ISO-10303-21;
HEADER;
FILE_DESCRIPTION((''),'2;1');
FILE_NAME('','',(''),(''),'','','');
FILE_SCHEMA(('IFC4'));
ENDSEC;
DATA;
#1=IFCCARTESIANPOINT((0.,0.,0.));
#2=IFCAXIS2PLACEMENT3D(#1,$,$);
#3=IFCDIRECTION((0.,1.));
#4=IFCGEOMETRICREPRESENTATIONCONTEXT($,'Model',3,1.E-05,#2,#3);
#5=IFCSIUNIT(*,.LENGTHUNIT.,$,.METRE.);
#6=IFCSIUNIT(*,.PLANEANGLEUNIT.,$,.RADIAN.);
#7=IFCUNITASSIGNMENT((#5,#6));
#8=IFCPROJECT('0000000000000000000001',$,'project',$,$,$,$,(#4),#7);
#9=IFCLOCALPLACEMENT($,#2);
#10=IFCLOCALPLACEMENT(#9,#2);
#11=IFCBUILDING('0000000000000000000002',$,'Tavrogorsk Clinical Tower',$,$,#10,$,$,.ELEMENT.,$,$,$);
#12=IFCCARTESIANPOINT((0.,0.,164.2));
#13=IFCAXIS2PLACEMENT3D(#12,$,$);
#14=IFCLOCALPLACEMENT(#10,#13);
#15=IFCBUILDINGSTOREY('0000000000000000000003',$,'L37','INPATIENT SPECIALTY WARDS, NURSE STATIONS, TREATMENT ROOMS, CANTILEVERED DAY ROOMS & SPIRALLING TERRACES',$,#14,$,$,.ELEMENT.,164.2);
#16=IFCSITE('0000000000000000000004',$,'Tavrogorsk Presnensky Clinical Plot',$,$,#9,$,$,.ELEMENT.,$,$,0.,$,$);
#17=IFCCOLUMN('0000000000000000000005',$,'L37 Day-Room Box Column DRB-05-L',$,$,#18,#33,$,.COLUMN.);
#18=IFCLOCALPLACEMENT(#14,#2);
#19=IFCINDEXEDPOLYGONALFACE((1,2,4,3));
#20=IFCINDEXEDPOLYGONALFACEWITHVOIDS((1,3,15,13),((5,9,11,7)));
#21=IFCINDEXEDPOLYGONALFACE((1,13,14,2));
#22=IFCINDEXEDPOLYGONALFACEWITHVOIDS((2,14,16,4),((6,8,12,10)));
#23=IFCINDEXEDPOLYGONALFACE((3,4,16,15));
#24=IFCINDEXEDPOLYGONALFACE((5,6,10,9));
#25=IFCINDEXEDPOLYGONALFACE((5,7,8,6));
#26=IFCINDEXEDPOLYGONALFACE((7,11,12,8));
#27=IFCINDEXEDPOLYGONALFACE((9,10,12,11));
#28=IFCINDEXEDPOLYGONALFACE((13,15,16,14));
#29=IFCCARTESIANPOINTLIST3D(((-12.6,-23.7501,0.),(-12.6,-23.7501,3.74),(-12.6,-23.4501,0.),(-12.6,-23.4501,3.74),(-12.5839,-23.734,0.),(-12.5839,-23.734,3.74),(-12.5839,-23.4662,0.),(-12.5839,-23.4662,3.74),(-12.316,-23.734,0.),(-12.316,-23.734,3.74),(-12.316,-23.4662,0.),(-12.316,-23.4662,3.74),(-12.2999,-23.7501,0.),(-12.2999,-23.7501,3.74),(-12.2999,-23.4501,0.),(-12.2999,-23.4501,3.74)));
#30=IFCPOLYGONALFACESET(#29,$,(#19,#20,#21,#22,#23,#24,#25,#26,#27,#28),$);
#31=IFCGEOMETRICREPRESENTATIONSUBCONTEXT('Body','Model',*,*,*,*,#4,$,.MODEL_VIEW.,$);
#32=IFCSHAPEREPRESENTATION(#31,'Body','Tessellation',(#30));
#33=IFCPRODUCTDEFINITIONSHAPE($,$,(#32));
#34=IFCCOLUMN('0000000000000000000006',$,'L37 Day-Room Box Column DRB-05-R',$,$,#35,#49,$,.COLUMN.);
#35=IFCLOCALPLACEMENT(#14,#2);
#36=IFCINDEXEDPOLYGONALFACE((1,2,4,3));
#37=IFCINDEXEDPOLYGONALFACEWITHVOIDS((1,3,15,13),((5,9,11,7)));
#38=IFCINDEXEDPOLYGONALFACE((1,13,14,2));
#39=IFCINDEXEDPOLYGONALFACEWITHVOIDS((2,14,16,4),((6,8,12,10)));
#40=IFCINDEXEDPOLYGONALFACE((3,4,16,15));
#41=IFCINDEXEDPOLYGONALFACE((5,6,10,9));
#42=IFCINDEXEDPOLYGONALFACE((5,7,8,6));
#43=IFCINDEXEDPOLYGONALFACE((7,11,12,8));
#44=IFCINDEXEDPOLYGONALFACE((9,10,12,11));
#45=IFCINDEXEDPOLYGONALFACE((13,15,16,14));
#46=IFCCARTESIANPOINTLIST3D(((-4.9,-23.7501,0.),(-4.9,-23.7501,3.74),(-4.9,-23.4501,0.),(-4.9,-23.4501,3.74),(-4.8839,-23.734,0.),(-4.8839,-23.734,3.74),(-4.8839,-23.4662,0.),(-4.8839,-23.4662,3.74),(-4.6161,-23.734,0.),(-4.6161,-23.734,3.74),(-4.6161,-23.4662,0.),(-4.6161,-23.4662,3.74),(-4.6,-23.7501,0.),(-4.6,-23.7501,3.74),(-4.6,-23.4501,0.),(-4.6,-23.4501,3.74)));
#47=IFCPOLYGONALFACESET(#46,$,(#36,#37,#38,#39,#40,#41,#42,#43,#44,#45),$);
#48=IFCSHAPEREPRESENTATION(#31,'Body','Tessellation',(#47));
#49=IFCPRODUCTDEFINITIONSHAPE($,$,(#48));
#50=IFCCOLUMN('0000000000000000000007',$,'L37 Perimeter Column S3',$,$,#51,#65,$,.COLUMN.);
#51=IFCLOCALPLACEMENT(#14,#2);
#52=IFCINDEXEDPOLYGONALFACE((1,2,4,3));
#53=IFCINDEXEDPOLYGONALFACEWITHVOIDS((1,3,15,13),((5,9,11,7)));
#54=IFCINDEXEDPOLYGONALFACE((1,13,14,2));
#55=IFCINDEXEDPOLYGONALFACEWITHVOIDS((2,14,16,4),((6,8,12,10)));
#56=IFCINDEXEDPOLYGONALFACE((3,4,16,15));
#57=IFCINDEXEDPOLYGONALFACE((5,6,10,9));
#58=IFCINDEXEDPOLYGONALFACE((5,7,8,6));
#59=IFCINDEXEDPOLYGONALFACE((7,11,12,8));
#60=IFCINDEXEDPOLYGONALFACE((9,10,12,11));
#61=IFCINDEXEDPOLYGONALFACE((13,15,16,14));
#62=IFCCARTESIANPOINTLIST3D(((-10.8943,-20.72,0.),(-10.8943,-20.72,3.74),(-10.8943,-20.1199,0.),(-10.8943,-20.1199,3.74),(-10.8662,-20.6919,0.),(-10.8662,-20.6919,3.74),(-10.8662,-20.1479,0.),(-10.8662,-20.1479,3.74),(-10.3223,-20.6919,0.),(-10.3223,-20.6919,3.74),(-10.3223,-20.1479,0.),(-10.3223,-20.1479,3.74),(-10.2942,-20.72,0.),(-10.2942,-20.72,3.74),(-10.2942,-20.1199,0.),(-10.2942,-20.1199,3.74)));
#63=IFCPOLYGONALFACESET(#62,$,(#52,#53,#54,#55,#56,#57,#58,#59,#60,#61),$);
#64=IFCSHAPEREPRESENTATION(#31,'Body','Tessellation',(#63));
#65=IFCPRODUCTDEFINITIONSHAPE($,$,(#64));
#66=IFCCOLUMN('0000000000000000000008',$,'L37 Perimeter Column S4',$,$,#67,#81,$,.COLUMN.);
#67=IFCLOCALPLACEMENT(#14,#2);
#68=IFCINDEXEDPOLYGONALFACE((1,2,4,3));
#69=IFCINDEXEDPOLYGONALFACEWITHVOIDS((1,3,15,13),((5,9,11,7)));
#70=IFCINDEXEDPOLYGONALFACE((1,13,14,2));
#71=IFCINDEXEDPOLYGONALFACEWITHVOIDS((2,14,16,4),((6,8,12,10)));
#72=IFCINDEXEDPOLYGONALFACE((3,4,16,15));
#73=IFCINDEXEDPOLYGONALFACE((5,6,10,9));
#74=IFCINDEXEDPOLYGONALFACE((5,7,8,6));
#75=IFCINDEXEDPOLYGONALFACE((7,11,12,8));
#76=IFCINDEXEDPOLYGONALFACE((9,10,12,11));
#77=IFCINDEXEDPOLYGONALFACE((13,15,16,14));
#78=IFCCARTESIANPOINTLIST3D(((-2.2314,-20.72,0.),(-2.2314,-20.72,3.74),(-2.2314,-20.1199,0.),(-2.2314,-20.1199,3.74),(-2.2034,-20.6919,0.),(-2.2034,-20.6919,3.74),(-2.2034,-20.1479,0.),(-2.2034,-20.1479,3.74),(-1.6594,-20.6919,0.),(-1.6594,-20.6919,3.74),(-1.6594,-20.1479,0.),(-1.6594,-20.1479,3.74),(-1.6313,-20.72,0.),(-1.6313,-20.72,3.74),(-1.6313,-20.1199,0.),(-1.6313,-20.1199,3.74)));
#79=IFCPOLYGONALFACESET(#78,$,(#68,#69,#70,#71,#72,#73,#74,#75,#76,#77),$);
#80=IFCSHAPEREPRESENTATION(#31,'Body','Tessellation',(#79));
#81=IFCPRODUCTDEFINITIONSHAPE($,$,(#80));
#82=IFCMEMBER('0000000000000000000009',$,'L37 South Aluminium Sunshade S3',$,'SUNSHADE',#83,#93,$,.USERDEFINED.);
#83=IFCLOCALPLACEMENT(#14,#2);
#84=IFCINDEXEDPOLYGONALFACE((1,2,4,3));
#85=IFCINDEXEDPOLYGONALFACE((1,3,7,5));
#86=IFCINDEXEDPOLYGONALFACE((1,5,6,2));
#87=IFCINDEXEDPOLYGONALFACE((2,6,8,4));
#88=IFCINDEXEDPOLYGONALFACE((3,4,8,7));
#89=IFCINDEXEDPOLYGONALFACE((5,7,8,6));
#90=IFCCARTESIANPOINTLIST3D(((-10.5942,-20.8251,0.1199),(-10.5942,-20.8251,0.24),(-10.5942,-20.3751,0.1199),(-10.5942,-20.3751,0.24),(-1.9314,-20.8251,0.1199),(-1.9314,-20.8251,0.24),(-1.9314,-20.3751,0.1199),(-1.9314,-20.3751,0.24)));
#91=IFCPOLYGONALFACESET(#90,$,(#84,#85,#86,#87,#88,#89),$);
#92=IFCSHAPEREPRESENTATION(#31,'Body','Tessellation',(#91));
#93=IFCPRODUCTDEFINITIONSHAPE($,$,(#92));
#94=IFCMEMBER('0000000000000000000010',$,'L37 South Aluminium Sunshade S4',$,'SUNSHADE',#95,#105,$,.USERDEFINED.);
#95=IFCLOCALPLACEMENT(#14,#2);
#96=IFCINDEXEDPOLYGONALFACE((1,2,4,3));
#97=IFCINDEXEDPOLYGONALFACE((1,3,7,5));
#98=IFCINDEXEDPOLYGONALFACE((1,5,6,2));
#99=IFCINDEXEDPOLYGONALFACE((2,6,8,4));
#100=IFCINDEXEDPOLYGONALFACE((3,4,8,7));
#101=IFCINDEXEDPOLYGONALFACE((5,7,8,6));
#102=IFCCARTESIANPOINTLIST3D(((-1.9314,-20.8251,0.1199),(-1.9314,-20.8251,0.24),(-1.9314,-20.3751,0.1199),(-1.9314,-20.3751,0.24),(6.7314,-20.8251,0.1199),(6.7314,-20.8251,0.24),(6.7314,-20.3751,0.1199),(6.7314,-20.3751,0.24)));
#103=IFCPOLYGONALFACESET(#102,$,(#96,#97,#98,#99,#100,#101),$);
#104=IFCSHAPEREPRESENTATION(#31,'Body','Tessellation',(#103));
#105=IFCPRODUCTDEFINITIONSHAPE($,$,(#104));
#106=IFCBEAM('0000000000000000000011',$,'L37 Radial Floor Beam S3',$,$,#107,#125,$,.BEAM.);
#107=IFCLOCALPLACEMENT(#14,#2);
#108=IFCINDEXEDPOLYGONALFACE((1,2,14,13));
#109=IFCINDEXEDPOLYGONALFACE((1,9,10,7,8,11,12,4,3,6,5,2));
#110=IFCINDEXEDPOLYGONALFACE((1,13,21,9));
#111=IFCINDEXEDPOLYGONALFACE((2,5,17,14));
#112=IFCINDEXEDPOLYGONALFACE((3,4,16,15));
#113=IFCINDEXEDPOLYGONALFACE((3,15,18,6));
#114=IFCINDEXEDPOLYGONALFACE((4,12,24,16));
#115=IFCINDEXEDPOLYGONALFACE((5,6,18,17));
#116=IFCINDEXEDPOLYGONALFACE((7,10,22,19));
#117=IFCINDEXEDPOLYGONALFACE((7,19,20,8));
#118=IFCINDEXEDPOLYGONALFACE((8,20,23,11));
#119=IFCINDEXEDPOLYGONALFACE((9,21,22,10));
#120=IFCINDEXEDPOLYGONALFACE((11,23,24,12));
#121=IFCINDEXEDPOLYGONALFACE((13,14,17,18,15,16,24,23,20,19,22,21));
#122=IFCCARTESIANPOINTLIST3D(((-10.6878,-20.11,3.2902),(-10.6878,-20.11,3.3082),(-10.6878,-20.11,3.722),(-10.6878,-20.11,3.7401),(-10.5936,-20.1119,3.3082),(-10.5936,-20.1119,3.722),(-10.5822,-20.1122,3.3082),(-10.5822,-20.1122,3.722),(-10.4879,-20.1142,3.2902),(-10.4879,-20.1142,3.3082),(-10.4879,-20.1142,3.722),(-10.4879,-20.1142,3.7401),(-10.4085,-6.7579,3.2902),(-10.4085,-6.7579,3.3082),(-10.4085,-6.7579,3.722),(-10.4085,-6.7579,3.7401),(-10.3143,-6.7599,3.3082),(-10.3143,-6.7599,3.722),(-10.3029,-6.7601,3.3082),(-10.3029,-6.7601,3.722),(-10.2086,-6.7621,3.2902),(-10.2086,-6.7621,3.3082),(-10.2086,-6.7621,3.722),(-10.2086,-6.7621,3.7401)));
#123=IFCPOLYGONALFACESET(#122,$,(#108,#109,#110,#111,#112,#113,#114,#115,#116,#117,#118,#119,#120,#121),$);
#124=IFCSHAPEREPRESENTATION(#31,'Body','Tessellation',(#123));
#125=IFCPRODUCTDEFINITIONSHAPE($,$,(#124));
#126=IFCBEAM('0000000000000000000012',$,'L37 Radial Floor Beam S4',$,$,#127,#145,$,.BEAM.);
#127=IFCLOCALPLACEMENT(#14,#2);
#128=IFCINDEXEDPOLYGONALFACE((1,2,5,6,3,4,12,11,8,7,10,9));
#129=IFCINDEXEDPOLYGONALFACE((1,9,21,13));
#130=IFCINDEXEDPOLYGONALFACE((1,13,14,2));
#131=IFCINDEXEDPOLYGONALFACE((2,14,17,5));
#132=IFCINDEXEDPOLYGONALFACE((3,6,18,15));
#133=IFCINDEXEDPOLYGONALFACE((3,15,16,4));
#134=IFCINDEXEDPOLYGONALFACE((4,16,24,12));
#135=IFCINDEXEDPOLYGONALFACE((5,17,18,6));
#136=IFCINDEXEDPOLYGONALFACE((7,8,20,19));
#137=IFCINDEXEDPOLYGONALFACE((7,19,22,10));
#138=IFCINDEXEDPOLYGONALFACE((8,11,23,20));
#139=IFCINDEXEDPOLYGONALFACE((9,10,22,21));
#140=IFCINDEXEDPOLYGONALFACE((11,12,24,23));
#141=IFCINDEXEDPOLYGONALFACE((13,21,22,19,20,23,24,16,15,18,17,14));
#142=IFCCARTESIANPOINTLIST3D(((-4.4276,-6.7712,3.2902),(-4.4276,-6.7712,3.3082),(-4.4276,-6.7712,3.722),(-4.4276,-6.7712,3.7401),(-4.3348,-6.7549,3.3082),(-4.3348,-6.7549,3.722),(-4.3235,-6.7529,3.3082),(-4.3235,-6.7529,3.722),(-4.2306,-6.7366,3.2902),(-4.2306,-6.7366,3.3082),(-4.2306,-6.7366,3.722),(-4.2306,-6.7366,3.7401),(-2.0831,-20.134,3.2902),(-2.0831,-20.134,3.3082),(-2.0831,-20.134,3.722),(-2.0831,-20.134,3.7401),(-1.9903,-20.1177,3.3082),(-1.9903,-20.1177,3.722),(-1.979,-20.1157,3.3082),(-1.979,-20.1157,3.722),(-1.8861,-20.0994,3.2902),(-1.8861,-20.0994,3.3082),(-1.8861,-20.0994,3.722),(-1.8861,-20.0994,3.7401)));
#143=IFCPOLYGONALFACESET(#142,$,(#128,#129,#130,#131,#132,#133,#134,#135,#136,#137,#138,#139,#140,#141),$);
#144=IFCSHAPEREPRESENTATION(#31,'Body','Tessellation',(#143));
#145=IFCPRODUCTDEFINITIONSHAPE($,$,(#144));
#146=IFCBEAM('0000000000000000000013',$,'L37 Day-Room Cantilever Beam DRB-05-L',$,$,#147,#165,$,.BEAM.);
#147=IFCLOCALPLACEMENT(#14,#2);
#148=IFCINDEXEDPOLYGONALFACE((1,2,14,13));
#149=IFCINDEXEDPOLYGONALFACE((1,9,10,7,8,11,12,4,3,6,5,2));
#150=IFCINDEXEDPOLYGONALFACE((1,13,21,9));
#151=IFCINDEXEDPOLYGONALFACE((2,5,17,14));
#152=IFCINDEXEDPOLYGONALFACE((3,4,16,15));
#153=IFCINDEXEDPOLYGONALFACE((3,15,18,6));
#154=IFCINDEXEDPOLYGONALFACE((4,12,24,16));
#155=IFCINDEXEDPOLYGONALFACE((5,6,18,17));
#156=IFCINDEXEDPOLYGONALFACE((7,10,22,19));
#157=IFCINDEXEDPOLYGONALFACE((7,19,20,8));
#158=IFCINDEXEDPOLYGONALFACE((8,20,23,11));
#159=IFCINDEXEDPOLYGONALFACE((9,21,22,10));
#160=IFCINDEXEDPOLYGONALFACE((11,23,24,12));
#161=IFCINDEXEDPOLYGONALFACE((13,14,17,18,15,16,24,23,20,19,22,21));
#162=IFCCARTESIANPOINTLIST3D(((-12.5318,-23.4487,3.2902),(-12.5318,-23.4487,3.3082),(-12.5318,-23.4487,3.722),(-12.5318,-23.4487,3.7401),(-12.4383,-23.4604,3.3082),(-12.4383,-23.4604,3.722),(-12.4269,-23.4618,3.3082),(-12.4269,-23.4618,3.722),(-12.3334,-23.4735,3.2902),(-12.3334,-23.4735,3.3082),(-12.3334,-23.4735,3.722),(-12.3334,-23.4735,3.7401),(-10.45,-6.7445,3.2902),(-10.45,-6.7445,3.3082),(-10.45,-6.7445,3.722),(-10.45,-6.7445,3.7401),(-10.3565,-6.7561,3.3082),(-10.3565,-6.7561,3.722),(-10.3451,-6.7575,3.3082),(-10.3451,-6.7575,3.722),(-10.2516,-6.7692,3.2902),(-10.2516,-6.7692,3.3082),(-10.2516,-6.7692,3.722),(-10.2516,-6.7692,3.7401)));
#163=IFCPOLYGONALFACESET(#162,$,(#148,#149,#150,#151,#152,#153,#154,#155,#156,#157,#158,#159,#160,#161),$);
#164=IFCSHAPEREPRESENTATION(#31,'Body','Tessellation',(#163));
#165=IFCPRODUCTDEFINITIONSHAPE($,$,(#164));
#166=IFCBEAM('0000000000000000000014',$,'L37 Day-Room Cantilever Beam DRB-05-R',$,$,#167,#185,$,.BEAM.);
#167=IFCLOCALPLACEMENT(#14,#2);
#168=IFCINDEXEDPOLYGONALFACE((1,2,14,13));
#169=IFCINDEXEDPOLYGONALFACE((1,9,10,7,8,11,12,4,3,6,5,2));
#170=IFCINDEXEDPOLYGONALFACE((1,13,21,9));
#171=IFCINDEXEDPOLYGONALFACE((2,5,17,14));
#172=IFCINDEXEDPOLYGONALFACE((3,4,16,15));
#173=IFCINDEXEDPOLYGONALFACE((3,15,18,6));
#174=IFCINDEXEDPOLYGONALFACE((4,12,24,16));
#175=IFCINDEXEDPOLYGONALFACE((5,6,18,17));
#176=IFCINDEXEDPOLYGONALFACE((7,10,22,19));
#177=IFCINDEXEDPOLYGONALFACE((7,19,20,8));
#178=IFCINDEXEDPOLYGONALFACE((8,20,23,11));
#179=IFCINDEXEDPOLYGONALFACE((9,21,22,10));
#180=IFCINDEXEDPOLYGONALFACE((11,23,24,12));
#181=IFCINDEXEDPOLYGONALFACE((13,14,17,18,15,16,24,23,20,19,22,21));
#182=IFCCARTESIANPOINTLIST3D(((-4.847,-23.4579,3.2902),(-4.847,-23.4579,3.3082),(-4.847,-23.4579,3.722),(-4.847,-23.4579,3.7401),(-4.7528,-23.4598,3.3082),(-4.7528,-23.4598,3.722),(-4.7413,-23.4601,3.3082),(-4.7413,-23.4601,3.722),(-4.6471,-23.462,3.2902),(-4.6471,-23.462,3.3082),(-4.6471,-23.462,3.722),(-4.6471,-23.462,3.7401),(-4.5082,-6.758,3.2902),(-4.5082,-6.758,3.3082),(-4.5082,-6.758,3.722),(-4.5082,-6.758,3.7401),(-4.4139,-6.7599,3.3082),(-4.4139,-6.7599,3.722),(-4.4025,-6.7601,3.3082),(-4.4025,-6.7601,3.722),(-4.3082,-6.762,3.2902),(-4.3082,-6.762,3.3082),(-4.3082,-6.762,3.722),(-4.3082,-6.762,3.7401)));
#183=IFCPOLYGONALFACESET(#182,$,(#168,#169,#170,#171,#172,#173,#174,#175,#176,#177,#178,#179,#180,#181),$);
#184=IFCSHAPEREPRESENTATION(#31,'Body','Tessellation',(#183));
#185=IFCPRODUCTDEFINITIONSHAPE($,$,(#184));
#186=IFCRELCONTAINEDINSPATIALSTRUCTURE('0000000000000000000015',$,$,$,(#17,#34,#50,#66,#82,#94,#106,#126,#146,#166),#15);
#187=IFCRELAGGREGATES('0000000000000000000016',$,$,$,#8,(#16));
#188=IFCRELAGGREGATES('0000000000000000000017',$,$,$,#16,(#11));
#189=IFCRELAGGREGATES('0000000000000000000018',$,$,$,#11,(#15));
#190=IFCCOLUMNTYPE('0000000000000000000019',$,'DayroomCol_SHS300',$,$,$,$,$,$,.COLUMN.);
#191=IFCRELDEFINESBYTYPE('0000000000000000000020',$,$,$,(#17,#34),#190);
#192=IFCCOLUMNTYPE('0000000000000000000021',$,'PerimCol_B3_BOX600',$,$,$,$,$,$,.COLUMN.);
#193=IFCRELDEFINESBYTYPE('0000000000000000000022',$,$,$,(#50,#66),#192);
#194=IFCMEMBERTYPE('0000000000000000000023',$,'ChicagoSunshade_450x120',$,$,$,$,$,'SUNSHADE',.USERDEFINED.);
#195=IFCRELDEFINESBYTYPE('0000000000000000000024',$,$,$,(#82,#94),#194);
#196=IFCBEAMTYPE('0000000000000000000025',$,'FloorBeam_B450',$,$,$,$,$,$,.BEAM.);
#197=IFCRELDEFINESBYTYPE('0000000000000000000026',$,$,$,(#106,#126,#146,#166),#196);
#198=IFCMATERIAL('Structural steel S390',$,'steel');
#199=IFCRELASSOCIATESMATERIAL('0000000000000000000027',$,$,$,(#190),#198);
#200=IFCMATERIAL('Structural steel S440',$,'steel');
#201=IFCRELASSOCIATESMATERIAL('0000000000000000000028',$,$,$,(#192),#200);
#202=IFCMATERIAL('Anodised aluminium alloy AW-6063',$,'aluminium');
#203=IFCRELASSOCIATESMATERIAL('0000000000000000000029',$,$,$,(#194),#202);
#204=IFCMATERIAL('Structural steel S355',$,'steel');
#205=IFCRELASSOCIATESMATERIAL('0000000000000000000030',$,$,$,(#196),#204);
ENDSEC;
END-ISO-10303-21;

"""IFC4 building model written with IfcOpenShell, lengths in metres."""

from ifc_helpers import new_model, si_unit, direction, frame, origin, origin_2d, place, context, subcontext, project, spatial, rectangle, hollow_rectangle, i_section, extrude, material, material_profile, profile_set, type_object, element, save


model = new_model("IFC4")

# Units and contexts
model_context = context("Model", 3, precision=1e-05, world=origin(), true_north=direction((0.0, 1.0)))
body_context = subcontext(model_context, "Body", "Model", "MODEL_VIEW")
ifc_project = project(units=[si_unit("LENGTHUNIT", "METRE"), si_unit("PLANEANGLEUNIT", "RADIAN")], contexts=[model_context])

# Site, building, storey
site_placement = place(None, origin())
site = spatial("IfcSite", under=ifc_project, at=site_placement, Name="Tavrogorsk Presnensky Clinical Plot", CompositionType="ELEMENT", RefElevation=0.0)
building_placement = place(site_placement, origin())
building = spatial("IfcBuilding", under=site, at=building_placement, Name="Tavrogorsk Clinical Tower", CompositionType="ELEMENT")
storey_placement = place(building_placement, frame((0.0, 0.0, 164.2)))
storey = spatial("IfcBuildingStorey", under=building, at=storey_placement, Name="L37", Description="INPATIENT SPECIALTY WARDS, NURSE STATIONS, TREATMENT ROOMS, CANTILEVERED DAY ROOMS & SPIRALLING TERRACES", CompositionType="ELEMENT", Elevation=164.2)

# Columns
ifc_material_1 = material(Name="Structural steel S390", Category="steel")
ifc_material_profile_1 = material_profile(ifc_material_1, hollow_rectangle(XDim=0.3, YDim=0.3, WallThickness=0.0161, at=origin_2d()), Name="SHS-300x300x16")
ifc_profile_set_1 = profile_set([ifc_material_profile_1], Name="Structural steel S390")
column_type_1 = type_object("IfcColumnType", Name="DayroomCol_SHS300", PredefinedType="COLUMN", material=ifc_profile_set_1)
for number, where, z_axis, x_axis, name in (
    (1, (-12.45, -23.6001, 0.0), (0.0, 0.0, 1.0), (1.0, 0.0, 0.0), "L37 Day-Room Box Column DRB-05-L"),
    (2, (-4.75, -23.6001, 0.0), (0.0, 0.0, 1.0), (1.0, 0.0, 0.0), "L37 Day-Room Box Column DRB-05-R"),
):
    element("IfcColumn", number, at=place(storey_placement, frame(where, z_axis=z_axis, x_axis=x_axis)), inside=storey, type_object=column_type_1, Name=name, PredefinedType="COLUMN", context=body_context, shape_type="SweptSolid", body=[
        extrude(hollow_rectangle(XDim=0.3, YDim=0.3, WallThickness=0.0161, at=origin_2d()), origin(), (0.0, 0.0, 1.0), 3.74),
    ])
ifc_material_2 = material(Name="Structural steel S440", Category="steel")
ifc_material_profile_2 = material_profile(ifc_material_2, hollow_rectangle(XDim=0.6001, YDim=0.6001, WallThickness=0.0281, at=origin_2d()), Name="BOX-600x600x28")
ifc_profile_set_2 = profile_set([ifc_material_profile_2], Name="Structural steel S440")
column_type_2 = type_object("IfcColumnType", Name="PerimCol_B3_BOX600", PredefinedType="COLUMN", material=ifc_profile_set_2)
for number, where, z_axis, x_axis, name in (
    (3, (-10.5942, -20.4199, 0.0), (0.0, 0.0, 1.0), (1.0, 0.0, 0.0), "L37 Perimeter Column S3"),
    (4, (-1.9314, -20.4199, 0.0), (0.0, 0.0, 1.0), (1.0, 0.0, 0.0), "L37 Perimeter Column S4"),
):
    element("IfcColumn", number, at=place(storey_placement, frame(where, z_axis=z_axis, x_axis=x_axis)), inside=storey, type_object=column_type_2, Name=name, PredefinedType="COLUMN", context=body_context, shape_type="SweptSolid", body=[
        extrude(hollow_rectangle(XDim=0.6001, YDim=0.6001, WallThickness=0.0281, at=origin_2d()), origin(), (0.0, 0.0, 1.0), 3.74),
    ])

# Members
ifc_material_3 = material(Name="Anodised aluminium alloy AW-6063", Category="aluminium")
ifc_material_profile_3 = material_profile(ifc_material_3, rectangle(XDim=0.45, YDim=0.1201, at=origin_2d()), Name="ALU-SUNSHADE-450x120")
ifc_profile_set_3 = profile_set([ifc_material_profile_3], Name="Anodised aluminium alloy AW-6063")
member_type = type_object("IfcMemberType", Name="ChicagoSunshade_450x120", ElementType="SUNSHADE", PredefinedType="USERDEFINED", material=ifc_profile_set_3)
for number, where, z_axis, x_axis, name in (
    (5, (-10.5942, -20.6001, 0.1799), (1.0, 0.0, 0.0), (0.0, 1.0, 0.0), "L37 South Aluminium Sunshade S3"),
    (6, (-1.9314, -20.6001, 0.1799), (1.0, 0.0, 0.0), (0.0, 1.0, 0.0), "L37 South Aluminium Sunshade S4"),
):
    element("IfcMember", number, at=place(storey_placement, frame(where, z_axis=z_axis, x_axis=x_axis)), inside=storey, type_object=member_type, Name=name, ObjectType="SUNSHADE", PredefinedType="USERDEFINED", context=body_context, shape_type="SweptSolid", body=[
        extrude(rectangle(XDim=0.45, YDim=0.1201, at=origin_2d()), origin(), (0.0, 0.0, 1.0), 8.6628),
    ])

# Beams
ifc_material_4 = material(Name="Structural steel S355", Category="steel")
ifc_material_profile_4 = material_profile(ifc_material_4, i_section(OverallWidth=0.2, OverallDepth=0.45, WebThickness=0.0115, FlangeThickness=0.0181, at=origin_2d()), Name="B-450x200x11.5x18")
ifc_profile_set_4 = profile_set([ifc_material_profile_4], Name="Structural steel S355")
beam_type_1 = type_object("IfcBeamType", Name="FloorBeam_B450", PredefinedType="BEAM", material=ifc_profile_set_4)
beam_1_placement = place(storey_placement, frame((-10.3086, -6.76, 3.5151), z_axis=(-0.020913, -0.999781, 0.0), x_axis=(0.999781, -0.020913, 0.0)))
element("IfcBeam", 7, at=beam_1_placement, inside=storey, type_object=beam_type_1, Name="L37 Radial Floor Beam S3", PredefinedType="BEAM", context=body_context, shape_type="SweptSolid", body=[
    extrude(i_section(OverallWidth=0.2, OverallDepth=0.45, WebThickness=0.0115, FlangeThickness=0.0181, at=origin_2d()), origin(), (0.0, 0.0, 1.0), 13.355),
])
beam_2_placement = place(storey_placement, frame((-4.3291, -6.7539, 3.5151), z_axis=(0.172809, -0.984955, 0.0), x_axis=(0.984955, 0.172809, 0.0)))
element("IfcBeam", 8, at=beam_2_placement, inside=storey, type_object=beam_type_1, Name="L37 Radial Floor Beam S4", PredefinedType="BEAM", context=body_context, shape_type="SweptSolid", body=[
    extrude(i_section(OverallWidth=0.2, OverallDepth=0.45, WebThickness=0.0115, FlangeThickness=0.0181, at=origin_2d()), origin(), (0.0, 0.0, 1.0), 13.5669),
])
beam_3_placement = place(storey_placement, frame((-10.3508, -6.7568, 3.5151), z_axis=(-0.123669, -0.992324, 0.0), x_axis=(0.992324, -0.123669, 0.0)))
element("IfcBeam", 9, at=beam_3_placement, inside=storey, type_object=beam_type_1, Name="L37 Day-Room Cantilever Beam DRB-05-L", PredefinedType="BEAM", context=body_context, shape_type="SweptSolid", body=[
    extrude(i_section(OverallWidth=0.2, OverallDepth=0.45, WebThickness=0.0115, FlangeThickness=0.0181, at=origin_2d()), origin(), (0.0, 0.0, 1.0), 16.8335),
])
beam_4_placement = place(storey_placement, frame((-4.4082, -6.76, 3.5151), z_axis=(-0.020287, -0.999794, 0.0), x_axis=(0.999794, -0.020287, 0.0)))
element("IfcBeam", 10, at=beam_4_placement, inside=storey, type_object=beam_type_1, Name="L37 Day-Room Cantilever Beam DRB-05-R", PredefinedType="BEAM", context=body_context, shape_type="SweptSolid", body=[
    extrude(i_section(OverallWidth=0.2, OverallDepth=0.45, WebThickness=0.0115, FlangeThickness=0.0181, at=origin_2d()), origin(), (0.0, 0.0, 1.0), 16.7034),
])

save(model, "model.ifc")
